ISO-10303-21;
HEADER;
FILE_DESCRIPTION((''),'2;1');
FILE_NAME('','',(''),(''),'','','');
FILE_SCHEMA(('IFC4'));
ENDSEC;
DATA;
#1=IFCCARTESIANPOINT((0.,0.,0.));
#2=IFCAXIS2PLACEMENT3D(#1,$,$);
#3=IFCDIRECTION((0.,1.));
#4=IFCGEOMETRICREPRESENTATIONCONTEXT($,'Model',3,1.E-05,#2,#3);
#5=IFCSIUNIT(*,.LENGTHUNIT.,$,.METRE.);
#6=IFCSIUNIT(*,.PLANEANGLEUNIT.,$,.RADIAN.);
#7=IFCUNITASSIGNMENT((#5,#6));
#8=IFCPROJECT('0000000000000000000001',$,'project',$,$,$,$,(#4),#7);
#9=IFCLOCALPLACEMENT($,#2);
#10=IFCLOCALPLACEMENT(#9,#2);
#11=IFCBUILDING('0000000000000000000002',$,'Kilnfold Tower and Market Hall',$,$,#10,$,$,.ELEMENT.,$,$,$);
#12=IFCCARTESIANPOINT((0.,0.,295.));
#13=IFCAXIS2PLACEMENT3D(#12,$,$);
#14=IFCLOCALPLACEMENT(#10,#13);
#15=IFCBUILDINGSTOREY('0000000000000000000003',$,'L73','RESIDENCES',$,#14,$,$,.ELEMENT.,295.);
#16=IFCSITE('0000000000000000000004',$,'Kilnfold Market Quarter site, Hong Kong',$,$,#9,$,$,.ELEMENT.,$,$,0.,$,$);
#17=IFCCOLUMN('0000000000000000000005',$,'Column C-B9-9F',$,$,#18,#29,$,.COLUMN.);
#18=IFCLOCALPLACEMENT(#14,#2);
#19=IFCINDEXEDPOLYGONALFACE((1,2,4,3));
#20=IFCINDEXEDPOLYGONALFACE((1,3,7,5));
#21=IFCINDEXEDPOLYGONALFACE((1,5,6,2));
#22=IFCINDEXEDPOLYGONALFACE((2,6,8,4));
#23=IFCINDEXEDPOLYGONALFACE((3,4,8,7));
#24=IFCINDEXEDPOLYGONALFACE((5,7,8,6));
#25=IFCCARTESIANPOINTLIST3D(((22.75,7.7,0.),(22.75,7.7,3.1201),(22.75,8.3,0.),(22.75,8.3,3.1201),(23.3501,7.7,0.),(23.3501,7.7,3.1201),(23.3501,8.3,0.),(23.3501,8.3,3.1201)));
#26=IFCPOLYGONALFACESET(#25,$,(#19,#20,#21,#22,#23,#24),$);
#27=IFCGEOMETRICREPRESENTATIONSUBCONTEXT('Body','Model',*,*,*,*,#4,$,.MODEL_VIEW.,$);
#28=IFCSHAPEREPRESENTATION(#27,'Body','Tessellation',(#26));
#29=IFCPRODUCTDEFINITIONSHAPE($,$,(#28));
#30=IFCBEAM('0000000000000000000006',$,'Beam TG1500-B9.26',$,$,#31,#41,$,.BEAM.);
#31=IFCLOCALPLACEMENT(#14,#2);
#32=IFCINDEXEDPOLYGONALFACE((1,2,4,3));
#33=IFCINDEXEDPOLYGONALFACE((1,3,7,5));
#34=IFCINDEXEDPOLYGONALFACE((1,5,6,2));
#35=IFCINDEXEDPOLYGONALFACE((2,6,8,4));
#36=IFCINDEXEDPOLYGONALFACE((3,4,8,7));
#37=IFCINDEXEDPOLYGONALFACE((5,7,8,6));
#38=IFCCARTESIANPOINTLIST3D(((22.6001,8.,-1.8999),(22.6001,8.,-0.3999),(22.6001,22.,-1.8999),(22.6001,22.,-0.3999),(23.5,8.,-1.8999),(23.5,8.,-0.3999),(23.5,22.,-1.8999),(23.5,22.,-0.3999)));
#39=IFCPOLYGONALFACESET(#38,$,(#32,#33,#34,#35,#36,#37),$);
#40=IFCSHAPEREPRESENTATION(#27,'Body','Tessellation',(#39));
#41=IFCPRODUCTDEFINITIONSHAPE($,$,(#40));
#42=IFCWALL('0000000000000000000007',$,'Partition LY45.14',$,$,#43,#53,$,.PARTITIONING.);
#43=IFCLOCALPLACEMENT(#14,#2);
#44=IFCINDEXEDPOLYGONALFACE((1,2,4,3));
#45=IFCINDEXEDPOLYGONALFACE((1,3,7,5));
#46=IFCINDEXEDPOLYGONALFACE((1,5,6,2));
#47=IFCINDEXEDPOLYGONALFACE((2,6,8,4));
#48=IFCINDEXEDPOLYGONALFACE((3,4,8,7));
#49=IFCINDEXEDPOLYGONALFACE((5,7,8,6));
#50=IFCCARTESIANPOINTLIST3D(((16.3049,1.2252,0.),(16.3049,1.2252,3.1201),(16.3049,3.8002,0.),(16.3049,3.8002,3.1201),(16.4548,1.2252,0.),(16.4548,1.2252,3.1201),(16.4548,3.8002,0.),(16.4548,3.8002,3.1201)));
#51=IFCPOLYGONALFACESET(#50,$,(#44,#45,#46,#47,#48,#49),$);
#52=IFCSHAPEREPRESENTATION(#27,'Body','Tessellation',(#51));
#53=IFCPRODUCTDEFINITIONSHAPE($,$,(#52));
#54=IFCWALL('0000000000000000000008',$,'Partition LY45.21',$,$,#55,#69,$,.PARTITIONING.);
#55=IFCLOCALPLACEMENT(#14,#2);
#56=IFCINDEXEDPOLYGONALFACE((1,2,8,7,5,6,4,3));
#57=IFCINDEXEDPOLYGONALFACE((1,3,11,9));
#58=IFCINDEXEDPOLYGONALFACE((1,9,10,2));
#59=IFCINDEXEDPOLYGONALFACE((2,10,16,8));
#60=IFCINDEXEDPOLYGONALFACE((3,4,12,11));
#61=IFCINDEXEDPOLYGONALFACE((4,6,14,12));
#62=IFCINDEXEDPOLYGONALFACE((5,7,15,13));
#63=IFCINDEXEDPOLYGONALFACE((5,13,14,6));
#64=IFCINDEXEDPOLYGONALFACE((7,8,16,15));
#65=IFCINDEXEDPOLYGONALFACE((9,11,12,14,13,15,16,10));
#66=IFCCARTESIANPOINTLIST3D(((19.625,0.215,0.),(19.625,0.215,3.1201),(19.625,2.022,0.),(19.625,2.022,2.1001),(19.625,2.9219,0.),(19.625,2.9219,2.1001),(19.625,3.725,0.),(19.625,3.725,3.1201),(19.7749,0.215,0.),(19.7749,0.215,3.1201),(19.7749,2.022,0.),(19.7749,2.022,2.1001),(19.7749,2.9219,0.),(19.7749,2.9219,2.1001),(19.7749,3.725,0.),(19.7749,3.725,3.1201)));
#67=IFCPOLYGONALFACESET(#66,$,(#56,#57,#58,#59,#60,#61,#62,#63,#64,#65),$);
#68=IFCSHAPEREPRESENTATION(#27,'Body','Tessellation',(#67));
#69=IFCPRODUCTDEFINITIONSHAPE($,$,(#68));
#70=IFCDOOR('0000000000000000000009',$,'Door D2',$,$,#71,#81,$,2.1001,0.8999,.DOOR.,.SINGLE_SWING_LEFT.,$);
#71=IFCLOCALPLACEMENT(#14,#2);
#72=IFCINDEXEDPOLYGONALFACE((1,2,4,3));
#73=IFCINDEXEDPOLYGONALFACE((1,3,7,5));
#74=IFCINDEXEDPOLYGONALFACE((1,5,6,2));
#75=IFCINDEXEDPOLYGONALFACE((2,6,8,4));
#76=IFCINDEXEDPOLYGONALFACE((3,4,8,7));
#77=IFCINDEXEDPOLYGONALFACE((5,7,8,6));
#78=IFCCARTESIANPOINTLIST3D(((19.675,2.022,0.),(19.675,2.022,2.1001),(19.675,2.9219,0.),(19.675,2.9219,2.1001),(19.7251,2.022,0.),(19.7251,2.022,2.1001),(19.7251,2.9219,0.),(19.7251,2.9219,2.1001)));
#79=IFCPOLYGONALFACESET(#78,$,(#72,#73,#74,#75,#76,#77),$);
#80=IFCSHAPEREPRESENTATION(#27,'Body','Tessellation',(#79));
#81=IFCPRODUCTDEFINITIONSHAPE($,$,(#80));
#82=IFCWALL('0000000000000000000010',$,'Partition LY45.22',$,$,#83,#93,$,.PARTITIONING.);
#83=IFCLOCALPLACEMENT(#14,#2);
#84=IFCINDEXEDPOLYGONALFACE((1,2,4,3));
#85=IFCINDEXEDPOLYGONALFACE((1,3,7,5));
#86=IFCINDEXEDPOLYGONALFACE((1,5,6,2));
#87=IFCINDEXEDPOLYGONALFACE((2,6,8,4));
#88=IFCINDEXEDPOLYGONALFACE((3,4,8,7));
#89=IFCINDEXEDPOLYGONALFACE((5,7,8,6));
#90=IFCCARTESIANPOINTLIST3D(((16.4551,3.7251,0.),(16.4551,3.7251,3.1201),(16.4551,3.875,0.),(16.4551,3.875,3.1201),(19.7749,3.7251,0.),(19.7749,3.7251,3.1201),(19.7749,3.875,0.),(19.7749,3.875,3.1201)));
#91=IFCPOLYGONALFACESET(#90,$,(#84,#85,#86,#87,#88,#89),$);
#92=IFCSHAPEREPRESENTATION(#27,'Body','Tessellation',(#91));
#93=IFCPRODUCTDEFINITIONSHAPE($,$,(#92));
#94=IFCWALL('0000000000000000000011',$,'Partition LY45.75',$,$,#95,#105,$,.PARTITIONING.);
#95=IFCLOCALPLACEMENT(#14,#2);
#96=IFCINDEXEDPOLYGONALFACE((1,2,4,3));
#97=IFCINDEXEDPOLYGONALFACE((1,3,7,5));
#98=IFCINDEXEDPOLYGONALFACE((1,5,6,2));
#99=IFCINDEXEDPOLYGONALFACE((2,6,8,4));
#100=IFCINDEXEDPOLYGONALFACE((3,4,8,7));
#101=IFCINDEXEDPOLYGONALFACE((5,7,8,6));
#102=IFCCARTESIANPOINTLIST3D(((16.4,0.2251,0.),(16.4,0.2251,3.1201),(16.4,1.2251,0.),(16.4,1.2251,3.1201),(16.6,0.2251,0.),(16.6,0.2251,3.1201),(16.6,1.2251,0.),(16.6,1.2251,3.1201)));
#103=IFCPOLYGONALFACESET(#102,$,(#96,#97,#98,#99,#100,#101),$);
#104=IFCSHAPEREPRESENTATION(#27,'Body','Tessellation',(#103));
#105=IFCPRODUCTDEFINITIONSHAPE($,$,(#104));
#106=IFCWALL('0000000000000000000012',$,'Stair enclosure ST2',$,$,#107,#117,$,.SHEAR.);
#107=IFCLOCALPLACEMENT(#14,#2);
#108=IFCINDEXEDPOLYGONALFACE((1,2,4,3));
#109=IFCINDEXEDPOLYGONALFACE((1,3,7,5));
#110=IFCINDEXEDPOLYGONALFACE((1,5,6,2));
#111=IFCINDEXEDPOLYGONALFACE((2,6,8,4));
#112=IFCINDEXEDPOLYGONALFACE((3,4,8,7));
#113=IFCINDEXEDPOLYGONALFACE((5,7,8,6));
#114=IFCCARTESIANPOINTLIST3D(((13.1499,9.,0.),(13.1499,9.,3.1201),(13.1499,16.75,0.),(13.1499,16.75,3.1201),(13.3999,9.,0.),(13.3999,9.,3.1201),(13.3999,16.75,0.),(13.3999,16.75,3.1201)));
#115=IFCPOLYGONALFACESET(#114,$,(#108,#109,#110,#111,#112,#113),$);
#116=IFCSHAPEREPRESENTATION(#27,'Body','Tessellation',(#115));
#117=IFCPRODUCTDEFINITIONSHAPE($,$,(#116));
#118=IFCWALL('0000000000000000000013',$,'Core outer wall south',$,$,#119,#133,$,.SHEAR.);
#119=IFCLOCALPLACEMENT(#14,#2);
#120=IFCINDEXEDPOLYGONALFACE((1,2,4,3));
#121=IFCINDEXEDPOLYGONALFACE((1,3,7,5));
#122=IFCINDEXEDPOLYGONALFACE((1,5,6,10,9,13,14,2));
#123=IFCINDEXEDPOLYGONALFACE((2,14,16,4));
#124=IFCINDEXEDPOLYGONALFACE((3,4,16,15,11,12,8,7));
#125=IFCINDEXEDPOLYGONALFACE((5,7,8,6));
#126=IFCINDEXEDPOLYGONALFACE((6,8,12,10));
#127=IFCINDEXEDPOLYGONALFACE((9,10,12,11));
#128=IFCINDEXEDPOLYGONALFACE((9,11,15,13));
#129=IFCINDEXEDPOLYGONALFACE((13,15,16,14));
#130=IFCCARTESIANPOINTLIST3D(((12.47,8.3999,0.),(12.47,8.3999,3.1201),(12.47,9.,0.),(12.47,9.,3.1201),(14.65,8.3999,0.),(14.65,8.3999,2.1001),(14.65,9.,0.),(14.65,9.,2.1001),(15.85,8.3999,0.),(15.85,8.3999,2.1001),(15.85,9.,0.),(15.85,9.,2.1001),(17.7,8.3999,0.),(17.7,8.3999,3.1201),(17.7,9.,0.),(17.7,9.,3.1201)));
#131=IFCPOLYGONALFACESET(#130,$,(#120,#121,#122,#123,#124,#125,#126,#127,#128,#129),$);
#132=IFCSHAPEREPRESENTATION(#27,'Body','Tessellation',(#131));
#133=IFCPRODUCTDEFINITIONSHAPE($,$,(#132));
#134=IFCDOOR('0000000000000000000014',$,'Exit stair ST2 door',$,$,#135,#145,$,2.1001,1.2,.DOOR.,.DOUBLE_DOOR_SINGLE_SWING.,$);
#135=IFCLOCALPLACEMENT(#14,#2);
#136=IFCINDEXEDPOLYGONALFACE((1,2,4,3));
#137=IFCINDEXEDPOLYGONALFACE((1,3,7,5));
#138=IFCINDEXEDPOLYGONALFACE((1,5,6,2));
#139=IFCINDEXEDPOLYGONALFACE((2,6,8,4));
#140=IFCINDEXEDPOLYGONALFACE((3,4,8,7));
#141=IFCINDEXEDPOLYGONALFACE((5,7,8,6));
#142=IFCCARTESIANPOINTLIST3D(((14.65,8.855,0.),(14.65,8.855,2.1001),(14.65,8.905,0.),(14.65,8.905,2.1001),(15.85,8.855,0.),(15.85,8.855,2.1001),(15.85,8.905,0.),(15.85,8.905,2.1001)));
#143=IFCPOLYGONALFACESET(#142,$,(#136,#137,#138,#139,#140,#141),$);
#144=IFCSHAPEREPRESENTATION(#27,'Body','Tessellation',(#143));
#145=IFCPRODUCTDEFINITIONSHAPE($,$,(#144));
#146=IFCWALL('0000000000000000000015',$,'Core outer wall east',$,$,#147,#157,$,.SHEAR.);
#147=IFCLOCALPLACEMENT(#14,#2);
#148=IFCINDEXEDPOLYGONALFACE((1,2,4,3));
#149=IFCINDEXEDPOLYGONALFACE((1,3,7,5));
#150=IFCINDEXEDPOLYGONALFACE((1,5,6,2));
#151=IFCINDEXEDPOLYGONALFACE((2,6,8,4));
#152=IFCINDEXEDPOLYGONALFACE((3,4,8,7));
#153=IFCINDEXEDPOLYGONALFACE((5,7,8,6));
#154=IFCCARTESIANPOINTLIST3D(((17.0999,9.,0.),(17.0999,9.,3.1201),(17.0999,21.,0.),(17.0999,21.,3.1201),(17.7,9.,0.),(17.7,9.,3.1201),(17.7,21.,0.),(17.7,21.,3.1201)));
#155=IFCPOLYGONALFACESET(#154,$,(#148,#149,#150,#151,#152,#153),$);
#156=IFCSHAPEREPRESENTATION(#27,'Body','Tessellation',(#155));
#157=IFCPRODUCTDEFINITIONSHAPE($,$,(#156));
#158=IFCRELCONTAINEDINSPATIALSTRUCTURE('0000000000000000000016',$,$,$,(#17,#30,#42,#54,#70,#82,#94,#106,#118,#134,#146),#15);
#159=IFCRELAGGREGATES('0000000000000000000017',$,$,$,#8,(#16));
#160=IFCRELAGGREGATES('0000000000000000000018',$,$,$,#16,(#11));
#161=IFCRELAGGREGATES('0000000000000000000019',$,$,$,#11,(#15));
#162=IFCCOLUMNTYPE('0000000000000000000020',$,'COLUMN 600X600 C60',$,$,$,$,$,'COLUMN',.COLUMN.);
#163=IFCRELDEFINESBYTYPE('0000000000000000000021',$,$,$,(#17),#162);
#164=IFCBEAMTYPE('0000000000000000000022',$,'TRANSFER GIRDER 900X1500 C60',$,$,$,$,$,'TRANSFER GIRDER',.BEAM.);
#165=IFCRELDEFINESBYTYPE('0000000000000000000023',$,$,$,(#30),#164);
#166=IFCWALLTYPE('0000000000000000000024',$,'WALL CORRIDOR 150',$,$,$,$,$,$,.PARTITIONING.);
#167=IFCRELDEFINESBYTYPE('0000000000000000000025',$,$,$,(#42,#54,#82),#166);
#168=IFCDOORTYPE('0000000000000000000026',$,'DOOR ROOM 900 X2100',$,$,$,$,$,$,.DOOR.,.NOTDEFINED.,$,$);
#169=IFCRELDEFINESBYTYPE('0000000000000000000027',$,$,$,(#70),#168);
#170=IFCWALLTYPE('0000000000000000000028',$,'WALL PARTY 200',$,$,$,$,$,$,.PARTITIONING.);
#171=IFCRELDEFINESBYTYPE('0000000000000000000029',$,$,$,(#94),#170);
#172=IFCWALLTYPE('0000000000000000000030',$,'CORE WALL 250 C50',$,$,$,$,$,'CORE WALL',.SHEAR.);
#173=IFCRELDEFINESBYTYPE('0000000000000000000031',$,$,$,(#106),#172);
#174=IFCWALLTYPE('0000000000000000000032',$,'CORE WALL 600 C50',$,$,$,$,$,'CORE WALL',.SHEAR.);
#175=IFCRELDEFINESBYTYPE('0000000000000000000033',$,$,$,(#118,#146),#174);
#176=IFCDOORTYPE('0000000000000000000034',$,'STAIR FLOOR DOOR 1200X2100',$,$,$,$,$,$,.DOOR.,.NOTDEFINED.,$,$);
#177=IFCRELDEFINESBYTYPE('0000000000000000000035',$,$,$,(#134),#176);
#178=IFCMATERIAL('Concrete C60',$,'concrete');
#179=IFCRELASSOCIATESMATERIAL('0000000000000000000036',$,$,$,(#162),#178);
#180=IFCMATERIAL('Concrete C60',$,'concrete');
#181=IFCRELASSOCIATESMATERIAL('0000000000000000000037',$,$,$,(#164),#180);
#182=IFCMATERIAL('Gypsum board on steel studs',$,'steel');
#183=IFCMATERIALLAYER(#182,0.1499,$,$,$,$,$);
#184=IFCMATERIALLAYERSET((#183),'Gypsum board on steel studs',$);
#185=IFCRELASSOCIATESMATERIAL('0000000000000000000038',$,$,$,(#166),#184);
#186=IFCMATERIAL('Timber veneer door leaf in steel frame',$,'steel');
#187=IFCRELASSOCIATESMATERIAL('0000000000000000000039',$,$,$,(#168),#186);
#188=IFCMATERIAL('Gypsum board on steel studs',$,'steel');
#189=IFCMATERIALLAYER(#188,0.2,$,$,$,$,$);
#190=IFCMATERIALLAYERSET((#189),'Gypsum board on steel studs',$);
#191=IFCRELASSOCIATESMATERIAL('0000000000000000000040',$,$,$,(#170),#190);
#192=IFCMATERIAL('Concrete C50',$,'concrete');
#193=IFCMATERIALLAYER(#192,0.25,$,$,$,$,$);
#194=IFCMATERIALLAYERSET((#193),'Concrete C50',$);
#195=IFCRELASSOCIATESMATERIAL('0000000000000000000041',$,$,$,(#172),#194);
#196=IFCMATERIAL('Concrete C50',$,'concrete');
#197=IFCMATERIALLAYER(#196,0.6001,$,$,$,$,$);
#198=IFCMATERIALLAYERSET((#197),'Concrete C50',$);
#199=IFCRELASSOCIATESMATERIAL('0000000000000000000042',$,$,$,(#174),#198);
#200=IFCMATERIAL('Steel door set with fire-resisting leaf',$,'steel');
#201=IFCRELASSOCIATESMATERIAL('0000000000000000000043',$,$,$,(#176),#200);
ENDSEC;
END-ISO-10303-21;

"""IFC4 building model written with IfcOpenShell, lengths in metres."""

from ifc_helpers import new_model, si_unit, direction, frame, frame_2d, origin, origin_2d, place, context, subcontext, project, spatial, rectangle, extrude, source, transform, mapped, material, layer, layer_set, material_profile, profile_set, type_object, element, fill, save


model = new_model("IFC4")

# Units and contexts
model_context = context("Model", 3, precision=1e-05, world=origin(), true_north=direction((0.0, 1.0)))
body_context = subcontext(model_context, "Body", "Model", "MODEL_VIEW")
ifc_project = project(units=[si_unit("LENGTHUNIT", "METRE"), si_unit("PLANEANGLEUNIT", "RADIAN")], contexts=[model_context])

# Site, building, storey
site_placement = place(None, origin())
site = spatial("IfcSite", under=ifc_project, at=site_placement, Name="Kilnfold Market Quarter site, Hong Kong", CompositionType="ELEMENT", RefElevation=0.0)
building_placement = place(site_placement, origin())
building = spatial("IfcBuilding", under=site, at=building_placement, Name="Kilnfold Tower and Market Hall", CompositionType="ELEMENT")
storey_placement = place(building_placement, frame((0.0, 0.0, 295.0)))
storey = spatial("IfcBuildingStorey", under=building, at=storey_placement, Name="L73", Description="RESIDENCES", CompositionType="ELEMENT", Elevation=295.0)

# Column
ifc_material_1 = material(Name="Concrete C60", Category="concrete")
ifc_material_profile_1 = material_profile(ifc_material_1, rectangle(XDim=0.6001, YDim=0.6001, at=origin_2d()), Name="RC 600x600")
ifc_profile_set_1 = profile_set([ifc_material_profile_1], Name="Concrete C60")
column_type = type_object("IfcColumnType", Name="COLUMN 600X600 C60", ElementType="COLUMN", PredefinedType="COLUMN", material=ifc_profile_set_1)
shared_shape_1 = source(origin(), body_context, "Body", "SweptSolid", [
    extrude(rectangle(XDim=0.6001, YDim=0.6001, at=origin_2d()), origin(), (0.0, 0.0, 1.0), 3.1201),
])
column_placement = place(storey_placement, frame((23.05, 8.0, 0.0), z_axis=(0.0, 0.0, 1.0), x_axis=(1.0, 0.0, 0.0)))
element("IfcColumn", 1, at=column_placement, inside=storey, type_object=column_type, Name="Column C-B9-9F", PredefinedType="COLUMN", context=body_context, shape_type="MappedRepresentation", body=[
    mapped(shared_shape_1, transform((0.0, 0.0, 0.0))),
])

# Beam
ifc_material_2 = material(Name="Concrete C60", Category="concrete")
ifc_material_profile_2 = material_profile(ifc_material_2, rectangle(XDim=0.8999, YDim=1.5, at=origin_2d()), Name="RC 900x1500")
ifc_profile_set_2 = profile_set([ifc_material_profile_2], Name="Concrete C60")
beam_type = type_object("IfcBeamType", Name="TRANSFER GIRDER 900X1500 C60", ElementType="TRANSFER GIRDER", PredefinedType="BEAM", material=ifc_profile_set_2)
shared_shape_2 = source(origin(), body_context, "Body", "SweptSolid", [
    extrude(rectangle(XDim=0.8999, YDim=1.5, at=origin_2d()), origin(), (0.0, 0.0, 1.0), 14.0),
])
beam_placement = place(storey_placement, frame((23.05, 8.0, -1.1499), z_axis=(0.0, 1.0, 0.0), x_axis=(-1.0, 0.0, 0.0)))
element("IfcBeam", 2, at=beam_placement, inside=storey, type_object=beam_type, Name="Beam TG1500-B9.26", PredefinedType="BEAM", context=body_context, shape_type="MappedRepresentation", body=[
    mapped(shared_shape_2, transform((0.0, 0.0, 0.0))),
])

# Wall
ifc_material_3 = material(Name="Gypsum board on steel studs", Category="steel")
ifc_layer_1 = layer(ifc_material_3, 0.1499)
ifc_layer_set_1 = layer_set([ifc_layer_1], Name="Gypsum board on steel studs")
wall_type_1 = type_object("IfcWallType", Name="WALL CORRIDOR 150", PredefinedType="PARTITIONING", material=ifc_layer_set_1)
wall_1_placement = place(storey_placement, frame((16.3799, 1.2251, 0.0), z_axis=(0.0, 0.0, 1.0), x_axis=(0.0, 1.0, 0.0)))
element("IfcWall", 3, at=wall_1_placement, inside=storey, type_object=wall_type_1, Name="Partition LY45.14", PredefinedType="PARTITIONING", context=body_context, shape_type="SweptSolid", body=[
    extrude(rectangle(XDim=2.575, YDim=0.1499, at=frame_2d((1.2876, 0.0))), origin(), (0.0, 0.0, 1.0), 3.1201),
])

# Wall, opening, door
wall_2_placement = place(storey_placement, frame((19.7, 0.2151, 0.0), z_axis=(0.0, 0.0, 1.0), x_axis=(0.0, 1.0, 0.0)))
wall_2 = element("IfcWall", 4, at=wall_2_placement, inside=storey, type_object=wall_type_1, Name="Partition LY45.21", PredefinedType="PARTITIONING", context=body_context, shape_type="SweptSolid", body=[
    extrude(rectangle(XDim=3.51, YDim=0.1499, at=frame_2d((1.7549, 0.0))), origin(), (0.0, 0.0, 1.0), 3.1201),
])
opening_1_placement = place(wall_2_placement, frame((1.8069, 0.0, 0.0)))
opening_1 = element("IfcOpeningElement", 5, at=opening_1_placement, cuts=wall_2, PredefinedType="OPENING", context=body_context, shape_type="SweptSolid", body=[
    extrude(rectangle(XDim=0.8999, YDim=2.1001, at=frame_2d((0.45, 1.05))), frame((0.0, 0.085, 0.0), z_axis=(0.0, -1.0, 0.0), x_axis=(1.0, 0.0, 0.0)), (0.0, 0.0, 1.0), 0.1699),
])
ifc_material_4 = material(Name="Timber veneer door leaf in steel frame", Category="steel")
door_type_1 = type_object("IfcDoorType", Name="DOOR ROOM 900 X2100", OperationType="NOTDEFINED", PredefinedType="DOOR", material=ifc_material_4)
door_1_placement = place(opening_1_placement, origin())
door_1 = element("IfcDoor", 6, at=door_1_placement, inside=storey, type_object=door_type_1, Name="Door D2", OperationType="SINGLE_SWING_LEFT", OverallHeight=2.1001, OverallWidth=0.8999, PredefinedType="DOOR", context=body_context, shape_type="SweptSolid", body=[
    extrude(rectangle(XDim=0.8999, YDim=2.1001, at=frame_2d((0.45, 1.05))), frame((0.0, 0.0249, 0.0), z_axis=(0.0, -1.0, 0.0), x_axis=(1.0, 0.0, 0.0)), (0.0, 0.0, 1.0), 0.05),
])
fill(opening_1, door_1)

# Walls
wall_3_placement = place(storey_placement, frame((16.4551, 3.8, 0.0), z_axis=(0.0, 0.0, 1.0), x_axis=(1.0, 0.0, 0.0)))
element("IfcWall", 7, at=wall_3_placement, inside=storey, type_object=wall_type_1, Name="Partition LY45.22", PredefinedType="PARTITIONING", context=body_context, shape_type="SweptSolid", body=[
    extrude(rectangle(XDim=3.3198, YDim=0.1499, at=frame_2d((1.6599, 0.0))), origin(), (0.0, 0.0, 1.0), 3.1201),
])
ifc_material_5 = material(Name="Gypsum board on steel studs", Category="steel")
ifc_layer_2 = layer(ifc_material_5, 0.2)
ifc_layer_set_2 = layer_set([ifc_layer_2], Name="Gypsum board on steel studs")
wall_type_2 = type_object("IfcWallType", Name="WALL PARTY 200", PredefinedType="PARTITIONING", material=ifc_layer_set_2)
wall_4_placement = place(storey_placement, frame((16.5, 0.2251, 0.0), z_axis=(0.0, 0.0, 1.0), x_axis=(0.0, 1.0, 0.0)))
element("IfcWall", 8, at=wall_4_placement, inside=storey, type_object=wall_type_2, Name="Partition LY45.75", PredefinedType="PARTITIONING", context=body_context, shape_type="SweptSolid", body=[
    extrude(rectangle(XDim=1.0, YDim=0.2, at=frame_2d((0.5, 0.0))), origin(), (0.0, 0.0, 1.0), 3.1201),
])
ifc_material_6 = material(Name="Concrete C50", Category="concrete")
ifc_layer_3 = layer(ifc_material_6, 0.25)
ifc_layer_set_3 = layer_set([ifc_layer_3], Name="Concrete C50")
wall_type_3 = type_object("IfcWallType", Name="CORE WALL 250 C50", ElementType="CORE WALL", PredefinedType="SHEAR", material=ifc_layer_set_3)
shared_shape_3 = source(origin(), body_context, "Body", "SweptSolid", [
    extrude(rectangle(XDim=7.75, YDim=0.25, at=frame_2d((3.875, 0.0))), origin(), (0.0, 0.0, 1.0), 3.1201),
])
wall_5_placement = place(storey_placement, frame((13.2749, 9.0, 0.0), z_axis=(0.0, 0.0, 1.0), x_axis=(0.0, 1.0, 0.0)))
element("IfcWall", 9, at=wall_5_placement, inside=storey, type_object=wall_type_3, Name="Stair enclosure ST2", PredefinedType="SHEAR", context=body_context, shape_type="MappedRepresentation", body=[
    mapped(shared_shape_3, transform((0.0, 0.0, 0.0))),
])

# Wall, opening, door
ifc_material_7 = material(Name="Concrete C50", Category="concrete")
ifc_layer_4 = layer(ifc_material_7, 0.6001)
ifc_layer_set_4 = layer_set([ifc_layer_4], Name="Concrete C50")
wall_type_4 = type_object("IfcWallType", Name="CORE WALL 600 C50", ElementType="CORE WALL", PredefinedType="SHEAR", material=ifc_layer_set_4)
shared_shape_4 = source(origin(), body_context, "Body", "SweptSolid", [
    extrude(rectangle(XDim=5.23, YDim=0.6001, at=frame_2d((2.615, 0.0))), origin(), (0.0, 0.0, 1.0), 3.1201),
])
wall_6_placement = place(storey_placement, frame((12.47, 8.7, 0.0), z_axis=(0.0, 0.0, 1.0), x_axis=(1.0, 0.0, 0.0)))
wall_6 = element("IfcWall", 10, at=wall_6_placement, inside=storey, type_object=wall_type_4, Name="Core outer wall south", PredefinedType="SHEAR", context=body_context, shape_type="MappedRepresentation", body=[
    mapped(shared_shape_4, transform((0.0, 0.0, 0.0))),
])
opening_2_placement = place(wall_6_placement, frame((2.1799, 0.0, 0.0)))
opening_2 = element("IfcOpeningElement", 11, at=opening_2_placement, cuts=wall_6, PredefinedType="OPENING", context=body_context, shape_type="SweptSolid", body=[
    extrude(rectangle(XDim=1.2, YDim=2.1001, at=frame_2d((0.6001, 1.05))), frame((0.0, 0.3101, 0.0), z_axis=(0.0, -1.0, 0.0), x_axis=(1.0, 0.0, 0.0)), (0.0, 0.0, 1.0), 0.6201),
])
ifc_material_8 = material(Name="Steel door set with fire-resisting leaf", Category="steel")
door_type_2 = type_object("IfcDoorType", Name="STAIR FLOOR DOOR 1200X2100", OperationType="NOTDEFINED", PredefinedType="DOOR", material=ifc_material_8)
door_2_placement = place(opening_2_placement, origin())
door_2 = element("IfcDoor", 12, at=door_2_placement, inside=storey, type_object=door_type_2, Name="Exit stair ST2 door", OperationType="DOUBLE_DOOR_SINGLE_SWING", OverallHeight=2.1001, OverallWidth=1.2, PredefinedType="DOOR", context=body_context, shape_type="SweptSolid", body=[
    extrude(rectangle(XDim=1.2, YDim=2.1001, at=frame_2d((0.6001, 1.05))), frame((0.0, 0.2051, 0.0), z_axis=(0.0, -1.0, 0.0), x_axis=(1.0, 0.0, 0.0)), (0.0, 0.0, 1.0), 0.05),
])
fill(opening_2, door_2)

# Wall
shared_shape_5 = source(origin(), body_context, "Body", "SweptSolid", [
    extrude(rectangle(XDim=12.0, YDim=0.6001, at=frame_2d((6.0, 0.0))), origin(), (0.0, 0.0, 1.0), 3.1201),
])
wall_7_placement = place(storey_placement, frame((17.3999, 9.0, 0.0), z_axis=(0.0, 0.0, 1.0), x_axis=(0.0, 1.0, 0.0)))
element("IfcWall", 13, at=wall_7_placement, inside=storey, type_object=wall_type_4, Name="Core outer wall east", PredefinedType="SHEAR", context=body_context, shape_type="MappedRepresentation", body=[
    mapped(shared_shape_5, transform((0.0, 0.0, 0.0))),
])

save(model, "model.ifc")
